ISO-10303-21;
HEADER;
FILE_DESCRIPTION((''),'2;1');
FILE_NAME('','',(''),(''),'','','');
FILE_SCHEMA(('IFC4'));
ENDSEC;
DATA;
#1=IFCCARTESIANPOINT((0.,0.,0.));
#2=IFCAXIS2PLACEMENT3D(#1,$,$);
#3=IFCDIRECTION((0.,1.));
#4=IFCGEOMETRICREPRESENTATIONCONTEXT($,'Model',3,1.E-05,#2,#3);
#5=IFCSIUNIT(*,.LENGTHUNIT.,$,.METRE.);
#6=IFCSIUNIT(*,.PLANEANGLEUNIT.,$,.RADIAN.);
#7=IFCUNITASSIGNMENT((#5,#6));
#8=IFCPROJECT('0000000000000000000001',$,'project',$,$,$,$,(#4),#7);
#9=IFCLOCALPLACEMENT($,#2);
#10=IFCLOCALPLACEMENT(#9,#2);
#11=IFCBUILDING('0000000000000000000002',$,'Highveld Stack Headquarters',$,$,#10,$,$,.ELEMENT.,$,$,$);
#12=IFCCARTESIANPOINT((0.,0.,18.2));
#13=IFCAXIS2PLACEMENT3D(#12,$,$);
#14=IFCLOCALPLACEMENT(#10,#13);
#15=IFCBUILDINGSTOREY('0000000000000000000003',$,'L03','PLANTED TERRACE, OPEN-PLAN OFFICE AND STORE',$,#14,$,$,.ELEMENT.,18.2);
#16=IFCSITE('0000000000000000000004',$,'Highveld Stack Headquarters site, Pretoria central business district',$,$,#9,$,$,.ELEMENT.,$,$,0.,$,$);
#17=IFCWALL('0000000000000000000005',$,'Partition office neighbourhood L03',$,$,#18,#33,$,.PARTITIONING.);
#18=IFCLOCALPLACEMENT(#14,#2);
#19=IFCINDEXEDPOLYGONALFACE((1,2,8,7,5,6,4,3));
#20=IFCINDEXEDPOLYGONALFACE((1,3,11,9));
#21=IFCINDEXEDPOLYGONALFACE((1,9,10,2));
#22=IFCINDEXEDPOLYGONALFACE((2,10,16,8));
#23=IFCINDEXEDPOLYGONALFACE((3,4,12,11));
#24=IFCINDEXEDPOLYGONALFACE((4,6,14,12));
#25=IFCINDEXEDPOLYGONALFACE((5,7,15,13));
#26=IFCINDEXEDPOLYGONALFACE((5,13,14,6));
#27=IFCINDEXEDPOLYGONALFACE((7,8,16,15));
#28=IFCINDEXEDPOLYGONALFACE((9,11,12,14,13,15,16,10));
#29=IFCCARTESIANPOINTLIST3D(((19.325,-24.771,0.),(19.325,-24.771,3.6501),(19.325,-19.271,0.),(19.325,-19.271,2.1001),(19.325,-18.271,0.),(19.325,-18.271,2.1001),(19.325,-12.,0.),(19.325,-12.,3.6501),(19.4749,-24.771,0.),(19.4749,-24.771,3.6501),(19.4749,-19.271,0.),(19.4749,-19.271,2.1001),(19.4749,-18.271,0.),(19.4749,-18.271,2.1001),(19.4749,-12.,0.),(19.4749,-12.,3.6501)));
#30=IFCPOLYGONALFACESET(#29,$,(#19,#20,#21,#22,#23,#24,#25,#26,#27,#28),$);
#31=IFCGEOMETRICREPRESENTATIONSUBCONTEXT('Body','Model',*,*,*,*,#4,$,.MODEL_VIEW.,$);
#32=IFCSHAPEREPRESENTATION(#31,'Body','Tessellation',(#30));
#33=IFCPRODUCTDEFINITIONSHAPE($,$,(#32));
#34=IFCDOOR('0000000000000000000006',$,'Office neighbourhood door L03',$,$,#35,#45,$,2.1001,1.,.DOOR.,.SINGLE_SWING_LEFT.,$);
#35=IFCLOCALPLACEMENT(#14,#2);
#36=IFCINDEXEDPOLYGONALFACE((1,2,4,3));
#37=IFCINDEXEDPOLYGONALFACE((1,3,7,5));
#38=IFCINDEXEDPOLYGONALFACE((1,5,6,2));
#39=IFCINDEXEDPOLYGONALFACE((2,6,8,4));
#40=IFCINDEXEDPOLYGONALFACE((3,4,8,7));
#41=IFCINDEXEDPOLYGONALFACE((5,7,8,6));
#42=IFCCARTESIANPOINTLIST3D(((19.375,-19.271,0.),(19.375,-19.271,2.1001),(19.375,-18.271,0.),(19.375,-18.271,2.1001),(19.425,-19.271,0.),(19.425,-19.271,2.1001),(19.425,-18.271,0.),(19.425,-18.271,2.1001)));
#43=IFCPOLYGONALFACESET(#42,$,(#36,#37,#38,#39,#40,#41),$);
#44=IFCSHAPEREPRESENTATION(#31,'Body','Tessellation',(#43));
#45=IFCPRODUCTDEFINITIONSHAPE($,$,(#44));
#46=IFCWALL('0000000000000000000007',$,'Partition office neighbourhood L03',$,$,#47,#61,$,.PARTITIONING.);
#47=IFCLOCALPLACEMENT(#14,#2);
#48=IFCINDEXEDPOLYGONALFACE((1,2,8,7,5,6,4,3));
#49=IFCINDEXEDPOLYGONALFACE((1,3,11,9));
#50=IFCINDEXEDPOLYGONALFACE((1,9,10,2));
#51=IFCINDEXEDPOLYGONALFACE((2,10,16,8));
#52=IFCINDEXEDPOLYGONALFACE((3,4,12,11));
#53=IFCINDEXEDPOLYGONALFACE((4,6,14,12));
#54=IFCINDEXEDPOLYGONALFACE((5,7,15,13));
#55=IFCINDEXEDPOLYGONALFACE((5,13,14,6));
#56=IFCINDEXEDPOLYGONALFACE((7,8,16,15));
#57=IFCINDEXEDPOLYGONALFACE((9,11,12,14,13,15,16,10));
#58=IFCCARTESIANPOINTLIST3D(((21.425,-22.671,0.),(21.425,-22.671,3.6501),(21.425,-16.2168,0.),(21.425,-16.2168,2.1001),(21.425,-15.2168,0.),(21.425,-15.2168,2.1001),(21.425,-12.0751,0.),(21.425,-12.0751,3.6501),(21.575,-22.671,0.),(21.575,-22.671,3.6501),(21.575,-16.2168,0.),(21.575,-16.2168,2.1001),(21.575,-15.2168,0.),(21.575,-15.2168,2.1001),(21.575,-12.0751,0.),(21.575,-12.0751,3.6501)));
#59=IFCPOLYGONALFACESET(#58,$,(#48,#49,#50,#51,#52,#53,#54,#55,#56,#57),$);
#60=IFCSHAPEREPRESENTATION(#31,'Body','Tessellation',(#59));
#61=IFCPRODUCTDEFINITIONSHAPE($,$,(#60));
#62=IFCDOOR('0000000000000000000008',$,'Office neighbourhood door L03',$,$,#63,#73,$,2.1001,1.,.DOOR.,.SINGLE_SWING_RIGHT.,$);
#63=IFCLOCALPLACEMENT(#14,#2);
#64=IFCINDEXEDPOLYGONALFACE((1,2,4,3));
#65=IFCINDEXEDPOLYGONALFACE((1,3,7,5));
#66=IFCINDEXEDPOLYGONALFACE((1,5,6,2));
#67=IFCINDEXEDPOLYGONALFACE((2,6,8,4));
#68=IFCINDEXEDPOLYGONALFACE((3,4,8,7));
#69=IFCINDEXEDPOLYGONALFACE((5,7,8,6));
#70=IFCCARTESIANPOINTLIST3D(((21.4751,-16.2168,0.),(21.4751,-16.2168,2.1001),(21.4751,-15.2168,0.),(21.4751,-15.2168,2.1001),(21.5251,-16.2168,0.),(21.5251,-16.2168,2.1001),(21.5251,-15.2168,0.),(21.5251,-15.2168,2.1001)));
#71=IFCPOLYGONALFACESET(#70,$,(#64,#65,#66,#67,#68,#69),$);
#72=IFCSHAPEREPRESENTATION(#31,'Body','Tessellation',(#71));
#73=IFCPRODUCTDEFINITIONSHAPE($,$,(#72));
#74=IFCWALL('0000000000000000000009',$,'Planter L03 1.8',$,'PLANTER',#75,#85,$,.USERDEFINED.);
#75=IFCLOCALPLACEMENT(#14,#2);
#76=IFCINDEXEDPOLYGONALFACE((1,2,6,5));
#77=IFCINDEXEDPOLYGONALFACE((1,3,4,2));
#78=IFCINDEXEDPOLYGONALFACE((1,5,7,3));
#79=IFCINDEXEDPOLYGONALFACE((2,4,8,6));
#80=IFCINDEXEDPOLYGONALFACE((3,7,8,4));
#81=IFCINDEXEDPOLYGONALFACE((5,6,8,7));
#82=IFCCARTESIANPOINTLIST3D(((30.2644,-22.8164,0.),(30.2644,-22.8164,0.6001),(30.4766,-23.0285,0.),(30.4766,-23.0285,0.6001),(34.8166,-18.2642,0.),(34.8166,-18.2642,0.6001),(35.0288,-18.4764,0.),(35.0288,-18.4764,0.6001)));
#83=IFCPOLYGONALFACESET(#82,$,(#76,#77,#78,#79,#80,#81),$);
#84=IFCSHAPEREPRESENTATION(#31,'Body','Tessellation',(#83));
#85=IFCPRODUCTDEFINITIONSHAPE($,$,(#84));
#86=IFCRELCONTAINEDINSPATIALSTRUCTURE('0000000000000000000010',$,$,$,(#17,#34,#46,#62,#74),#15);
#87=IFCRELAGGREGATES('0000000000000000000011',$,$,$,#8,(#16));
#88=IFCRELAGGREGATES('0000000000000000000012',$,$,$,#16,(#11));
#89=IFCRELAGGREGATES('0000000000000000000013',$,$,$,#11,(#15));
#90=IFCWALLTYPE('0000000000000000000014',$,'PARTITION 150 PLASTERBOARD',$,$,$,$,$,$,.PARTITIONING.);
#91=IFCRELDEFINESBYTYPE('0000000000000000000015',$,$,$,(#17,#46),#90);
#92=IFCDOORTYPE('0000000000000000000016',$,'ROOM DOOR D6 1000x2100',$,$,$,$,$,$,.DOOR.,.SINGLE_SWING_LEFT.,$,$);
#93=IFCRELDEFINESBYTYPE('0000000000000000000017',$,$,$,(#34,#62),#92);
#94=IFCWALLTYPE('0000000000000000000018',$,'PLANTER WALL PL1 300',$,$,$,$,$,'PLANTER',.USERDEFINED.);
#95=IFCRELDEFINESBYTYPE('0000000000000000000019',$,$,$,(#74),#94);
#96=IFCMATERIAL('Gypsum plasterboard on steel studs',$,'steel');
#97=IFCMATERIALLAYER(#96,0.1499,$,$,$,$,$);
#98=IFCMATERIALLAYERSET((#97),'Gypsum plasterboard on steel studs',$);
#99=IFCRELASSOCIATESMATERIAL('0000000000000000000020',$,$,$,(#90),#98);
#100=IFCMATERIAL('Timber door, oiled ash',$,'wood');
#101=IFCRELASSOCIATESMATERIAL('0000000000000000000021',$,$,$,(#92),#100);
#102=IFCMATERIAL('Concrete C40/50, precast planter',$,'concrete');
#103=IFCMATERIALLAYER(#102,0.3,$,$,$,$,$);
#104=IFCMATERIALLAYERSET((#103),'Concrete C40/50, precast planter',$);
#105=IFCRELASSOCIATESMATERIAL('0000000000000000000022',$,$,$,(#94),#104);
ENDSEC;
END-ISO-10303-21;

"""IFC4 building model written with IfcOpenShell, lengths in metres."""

from ifc_helpers import new_model, si_unit, direction, frame, frame_2d, origin, place, context, subcontext, project, spatial, rectangle, extrude, material, layer, layer_set, type_object, element, fill, save


model = new_model("IFC4")

# Units and contexts
model_context = context("Model", 3, precision=1e-05, world=origin(), true_north=direction((0.0, 1.0)))
body_context = subcontext(model_context, "Body", "Model", "MODEL_VIEW")
ifc_project = project(units=[si_unit("LENGTHUNIT", "METRE"), si_unit("PLANEANGLEUNIT", "RADIAN")], contexts=[model_context])

# Site, building, storey
site_placement = place(None, origin())
site = spatial("IfcSite", under=ifc_project, at=site_placement, Name="Highveld Stack Headquarters site, Pretoria central business district", CompositionType="ELEMENT", RefElevation=0.0)
building_placement = place(site_placement, origin())
building = spatial("IfcBuilding", under=site, at=building_placement, Name="Highveld Stack Headquarters", CompositionType="ELEMENT")
storey_placement = place(building_placement, frame((0.0, 0.0, 18.2)))
storey = spatial("IfcBuildingStorey", under=building, at=storey_placement, Name="L03", Description="PLANTED TERRACE, OPEN-PLAN OFFICE AND STORE", CompositionType="ELEMENT", Elevation=18.2)

# Walls, openings, doors
ifc_material_1 = material(Name="Gypsum plasterboard on steel studs", Category="steel")
ifc_layer_1 = layer(ifc_material_1, 0.1499)
ifc_layer_set_1 = layer_set([ifc_layer_1], Name="Gypsum plasterboard on steel studs")
wall_type_1 = type_object("IfcWallType", Name="PARTITION 150 PLASTERBOARD", PredefinedType="PARTITIONING", material=ifc_layer_set_1)
wall_1_placement = place(storey_placement, frame((19.3999, -24.771, 0.0), z_axis=(0.0, 0.0, 1.0), x_axis=(0.0, 1.0, 0.0)))
wall_1 = element("IfcWall", 1, at=wall_1_placement, inside=storey, type_object=wall_type_1, Name="Partition office neighbourhood L03", PredefinedType="PARTITIONING", context=body_context, shape_type="SweptSolid", body=[
    extrude(rectangle(XDim=12.771, YDim=0.1499, at=frame_2d((6.3855, 0.0))), origin(), (0.0, 0.0, 1.0), 3.6501),
])
opening_1_placement = place(wall_1_placement, frame((5.5, 0.0, 0.0)))
opening_1 = element("IfcOpeningElement", 2, at=opening_1_placement, cuts=wall_1, PredefinedType="OPENING", context=body_context, shape_type="SweptSolid", body=[
    extrude(rectangle(XDim=1.0, YDim=2.1001, at=frame_2d((0.5, 1.05))), frame((0.0, 0.085, 0.0), z_axis=(0.0, -1.0, 0.0), x_axis=(1.0, 0.0, 0.0)), (0.0, 0.0, 1.0), 0.1699),
])
ifc_material_2 = material(Name="Timber door, oiled ash", Category="wood")
door_type = type_object("IfcDoorType", Name="ROOM DOOR D6 1000x2100", OperationType="SINGLE_SWING_LEFT", PredefinedType="DOOR", material=ifc_material_2)
door_1_placement = place(opening_1_placement, origin())
door_1 = element("IfcDoor", 3, at=door_1_placement, inside=storey, type_object=door_type, Name="Office neighbourhood door L03", OperationType="SINGLE_SWING_LEFT", OverallHeight=2.1001, OverallWidth=1.0, PredefinedType="DOOR", context=body_context, shape_type="SweptSolid", body=[
    extrude(rectangle(XDim=1.0, YDim=2.1001, at=frame_2d((0.5, 1.05))), frame((0.0, 0.0249, 0.0), z_axis=(0.0, -1.0, 0.0), x_axis=(1.0, 0.0, 0.0)), (0.0, 0.0, 1.0), 0.05),
])
fill(opening_1, door_1)
wall_2_placement = place(storey_placement, frame((21.5, -22.6709, 0.0), z_axis=(0.0, 0.0, 1.0), x_axis=(0.0, 1.0, 0.0)))
wall_2 = element("IfcWall", 4, at=wall_2_placement, inside=storey, type_object=wall_type_1, Name="Partition office neighbourhood L03", PredefinedType="PARTITIONING", context=body_context, shape_type="SweptSolid", body=[
    extrude(rectangle(XDim=10.5959, YDim=0.1499, at=frame_2d((5.2979, 0.0))), origin(), (0.0, 0.0, 1.0), 3.6501),
])
opening_2_placement = place(wall_2_placement, frame((6.4541, 0.0, 0.0)))
opening_2 = element("IfcOpeningElement", 5, at=opening_2_placement, cuts=wall_2, PredefinedType="OPENING", context=body_context, shape_type="SweptSolid", body=[
    extrude(rectangle(XDim=1.0, YDim=2.1001, at=frame_2d((0.5, 1.05))), frame((0.0, 0.085, 0.0), z_axis=(0.0, -1.0, 0.0), x_axis=(1.0, 0.0, 0.0)), (0.0, 0.0, 1.0), 0.1699),
])
door_2_placement = place(opening_2_placement, origin())
door_2 = element("IfcDoor", 6, at=door_2_placement, inside=storey, type_object=door_type, Name="Office neighbourhood door L03", OperationType="SINGLE_SWING_RIGHT", OverallHeight=2.1001, OverallWidth=1.0, PredefinedType="DOOR", context=body_context, shape_type="SweptSolid", body=[
    extrude(rectangle(XDim=1.0, YDim=2.1001, at=frame_2d((0.5, 1.05))), frame((0.0, 0.0249, 0.0), z_axis=(0.0, -1.0, 0.0), x_axis=(1.0, 0.0, 0.0)), (0.0, 0.0, 1.0), 0.05),
])
fill(opening_2, door_2)

# Wall
ifc_material_3 = material(Name="Concrete C40/50, precast planter", Category="concrete")
ifc_layer_2 = layer(ifc_material_3, 0.3)
ifc_layer_set_2 = layer_set([ifc_layer_2], Name="Concrete C40/50, precast planter")
wall_type_2 = type_object("IfcWallType", Name="PLANTER WALL PL1 300", ElementType="PLANTER", PredefinedType="USERDEFINED", material=ifc_layer_set_2)
wall_3_placement = place(storey_placement, frame((34.9226, -18.3704, 0.0), z_axis=(0.0, 0.0, 1.0), x_axis=(-0.707107, -0.707107, 0.0)))
element("IfcWall", 7, at=wall_3_placement, inside=storey, type_object=wall_type_2, Name="Planter L03 1.8", ObjectType="PLANTER", PredefinedType="USERDEFINED", context=body_context, shape_type="SweptSolid", body=[
    extrude(rectangle(XDim=6.4377, YDim=0.3, at=frame_2d((3.2188, 0.0))), origin(), (0.0, 0.0, 1.0), 0.6001),
])

save(model, "model.ifc")
